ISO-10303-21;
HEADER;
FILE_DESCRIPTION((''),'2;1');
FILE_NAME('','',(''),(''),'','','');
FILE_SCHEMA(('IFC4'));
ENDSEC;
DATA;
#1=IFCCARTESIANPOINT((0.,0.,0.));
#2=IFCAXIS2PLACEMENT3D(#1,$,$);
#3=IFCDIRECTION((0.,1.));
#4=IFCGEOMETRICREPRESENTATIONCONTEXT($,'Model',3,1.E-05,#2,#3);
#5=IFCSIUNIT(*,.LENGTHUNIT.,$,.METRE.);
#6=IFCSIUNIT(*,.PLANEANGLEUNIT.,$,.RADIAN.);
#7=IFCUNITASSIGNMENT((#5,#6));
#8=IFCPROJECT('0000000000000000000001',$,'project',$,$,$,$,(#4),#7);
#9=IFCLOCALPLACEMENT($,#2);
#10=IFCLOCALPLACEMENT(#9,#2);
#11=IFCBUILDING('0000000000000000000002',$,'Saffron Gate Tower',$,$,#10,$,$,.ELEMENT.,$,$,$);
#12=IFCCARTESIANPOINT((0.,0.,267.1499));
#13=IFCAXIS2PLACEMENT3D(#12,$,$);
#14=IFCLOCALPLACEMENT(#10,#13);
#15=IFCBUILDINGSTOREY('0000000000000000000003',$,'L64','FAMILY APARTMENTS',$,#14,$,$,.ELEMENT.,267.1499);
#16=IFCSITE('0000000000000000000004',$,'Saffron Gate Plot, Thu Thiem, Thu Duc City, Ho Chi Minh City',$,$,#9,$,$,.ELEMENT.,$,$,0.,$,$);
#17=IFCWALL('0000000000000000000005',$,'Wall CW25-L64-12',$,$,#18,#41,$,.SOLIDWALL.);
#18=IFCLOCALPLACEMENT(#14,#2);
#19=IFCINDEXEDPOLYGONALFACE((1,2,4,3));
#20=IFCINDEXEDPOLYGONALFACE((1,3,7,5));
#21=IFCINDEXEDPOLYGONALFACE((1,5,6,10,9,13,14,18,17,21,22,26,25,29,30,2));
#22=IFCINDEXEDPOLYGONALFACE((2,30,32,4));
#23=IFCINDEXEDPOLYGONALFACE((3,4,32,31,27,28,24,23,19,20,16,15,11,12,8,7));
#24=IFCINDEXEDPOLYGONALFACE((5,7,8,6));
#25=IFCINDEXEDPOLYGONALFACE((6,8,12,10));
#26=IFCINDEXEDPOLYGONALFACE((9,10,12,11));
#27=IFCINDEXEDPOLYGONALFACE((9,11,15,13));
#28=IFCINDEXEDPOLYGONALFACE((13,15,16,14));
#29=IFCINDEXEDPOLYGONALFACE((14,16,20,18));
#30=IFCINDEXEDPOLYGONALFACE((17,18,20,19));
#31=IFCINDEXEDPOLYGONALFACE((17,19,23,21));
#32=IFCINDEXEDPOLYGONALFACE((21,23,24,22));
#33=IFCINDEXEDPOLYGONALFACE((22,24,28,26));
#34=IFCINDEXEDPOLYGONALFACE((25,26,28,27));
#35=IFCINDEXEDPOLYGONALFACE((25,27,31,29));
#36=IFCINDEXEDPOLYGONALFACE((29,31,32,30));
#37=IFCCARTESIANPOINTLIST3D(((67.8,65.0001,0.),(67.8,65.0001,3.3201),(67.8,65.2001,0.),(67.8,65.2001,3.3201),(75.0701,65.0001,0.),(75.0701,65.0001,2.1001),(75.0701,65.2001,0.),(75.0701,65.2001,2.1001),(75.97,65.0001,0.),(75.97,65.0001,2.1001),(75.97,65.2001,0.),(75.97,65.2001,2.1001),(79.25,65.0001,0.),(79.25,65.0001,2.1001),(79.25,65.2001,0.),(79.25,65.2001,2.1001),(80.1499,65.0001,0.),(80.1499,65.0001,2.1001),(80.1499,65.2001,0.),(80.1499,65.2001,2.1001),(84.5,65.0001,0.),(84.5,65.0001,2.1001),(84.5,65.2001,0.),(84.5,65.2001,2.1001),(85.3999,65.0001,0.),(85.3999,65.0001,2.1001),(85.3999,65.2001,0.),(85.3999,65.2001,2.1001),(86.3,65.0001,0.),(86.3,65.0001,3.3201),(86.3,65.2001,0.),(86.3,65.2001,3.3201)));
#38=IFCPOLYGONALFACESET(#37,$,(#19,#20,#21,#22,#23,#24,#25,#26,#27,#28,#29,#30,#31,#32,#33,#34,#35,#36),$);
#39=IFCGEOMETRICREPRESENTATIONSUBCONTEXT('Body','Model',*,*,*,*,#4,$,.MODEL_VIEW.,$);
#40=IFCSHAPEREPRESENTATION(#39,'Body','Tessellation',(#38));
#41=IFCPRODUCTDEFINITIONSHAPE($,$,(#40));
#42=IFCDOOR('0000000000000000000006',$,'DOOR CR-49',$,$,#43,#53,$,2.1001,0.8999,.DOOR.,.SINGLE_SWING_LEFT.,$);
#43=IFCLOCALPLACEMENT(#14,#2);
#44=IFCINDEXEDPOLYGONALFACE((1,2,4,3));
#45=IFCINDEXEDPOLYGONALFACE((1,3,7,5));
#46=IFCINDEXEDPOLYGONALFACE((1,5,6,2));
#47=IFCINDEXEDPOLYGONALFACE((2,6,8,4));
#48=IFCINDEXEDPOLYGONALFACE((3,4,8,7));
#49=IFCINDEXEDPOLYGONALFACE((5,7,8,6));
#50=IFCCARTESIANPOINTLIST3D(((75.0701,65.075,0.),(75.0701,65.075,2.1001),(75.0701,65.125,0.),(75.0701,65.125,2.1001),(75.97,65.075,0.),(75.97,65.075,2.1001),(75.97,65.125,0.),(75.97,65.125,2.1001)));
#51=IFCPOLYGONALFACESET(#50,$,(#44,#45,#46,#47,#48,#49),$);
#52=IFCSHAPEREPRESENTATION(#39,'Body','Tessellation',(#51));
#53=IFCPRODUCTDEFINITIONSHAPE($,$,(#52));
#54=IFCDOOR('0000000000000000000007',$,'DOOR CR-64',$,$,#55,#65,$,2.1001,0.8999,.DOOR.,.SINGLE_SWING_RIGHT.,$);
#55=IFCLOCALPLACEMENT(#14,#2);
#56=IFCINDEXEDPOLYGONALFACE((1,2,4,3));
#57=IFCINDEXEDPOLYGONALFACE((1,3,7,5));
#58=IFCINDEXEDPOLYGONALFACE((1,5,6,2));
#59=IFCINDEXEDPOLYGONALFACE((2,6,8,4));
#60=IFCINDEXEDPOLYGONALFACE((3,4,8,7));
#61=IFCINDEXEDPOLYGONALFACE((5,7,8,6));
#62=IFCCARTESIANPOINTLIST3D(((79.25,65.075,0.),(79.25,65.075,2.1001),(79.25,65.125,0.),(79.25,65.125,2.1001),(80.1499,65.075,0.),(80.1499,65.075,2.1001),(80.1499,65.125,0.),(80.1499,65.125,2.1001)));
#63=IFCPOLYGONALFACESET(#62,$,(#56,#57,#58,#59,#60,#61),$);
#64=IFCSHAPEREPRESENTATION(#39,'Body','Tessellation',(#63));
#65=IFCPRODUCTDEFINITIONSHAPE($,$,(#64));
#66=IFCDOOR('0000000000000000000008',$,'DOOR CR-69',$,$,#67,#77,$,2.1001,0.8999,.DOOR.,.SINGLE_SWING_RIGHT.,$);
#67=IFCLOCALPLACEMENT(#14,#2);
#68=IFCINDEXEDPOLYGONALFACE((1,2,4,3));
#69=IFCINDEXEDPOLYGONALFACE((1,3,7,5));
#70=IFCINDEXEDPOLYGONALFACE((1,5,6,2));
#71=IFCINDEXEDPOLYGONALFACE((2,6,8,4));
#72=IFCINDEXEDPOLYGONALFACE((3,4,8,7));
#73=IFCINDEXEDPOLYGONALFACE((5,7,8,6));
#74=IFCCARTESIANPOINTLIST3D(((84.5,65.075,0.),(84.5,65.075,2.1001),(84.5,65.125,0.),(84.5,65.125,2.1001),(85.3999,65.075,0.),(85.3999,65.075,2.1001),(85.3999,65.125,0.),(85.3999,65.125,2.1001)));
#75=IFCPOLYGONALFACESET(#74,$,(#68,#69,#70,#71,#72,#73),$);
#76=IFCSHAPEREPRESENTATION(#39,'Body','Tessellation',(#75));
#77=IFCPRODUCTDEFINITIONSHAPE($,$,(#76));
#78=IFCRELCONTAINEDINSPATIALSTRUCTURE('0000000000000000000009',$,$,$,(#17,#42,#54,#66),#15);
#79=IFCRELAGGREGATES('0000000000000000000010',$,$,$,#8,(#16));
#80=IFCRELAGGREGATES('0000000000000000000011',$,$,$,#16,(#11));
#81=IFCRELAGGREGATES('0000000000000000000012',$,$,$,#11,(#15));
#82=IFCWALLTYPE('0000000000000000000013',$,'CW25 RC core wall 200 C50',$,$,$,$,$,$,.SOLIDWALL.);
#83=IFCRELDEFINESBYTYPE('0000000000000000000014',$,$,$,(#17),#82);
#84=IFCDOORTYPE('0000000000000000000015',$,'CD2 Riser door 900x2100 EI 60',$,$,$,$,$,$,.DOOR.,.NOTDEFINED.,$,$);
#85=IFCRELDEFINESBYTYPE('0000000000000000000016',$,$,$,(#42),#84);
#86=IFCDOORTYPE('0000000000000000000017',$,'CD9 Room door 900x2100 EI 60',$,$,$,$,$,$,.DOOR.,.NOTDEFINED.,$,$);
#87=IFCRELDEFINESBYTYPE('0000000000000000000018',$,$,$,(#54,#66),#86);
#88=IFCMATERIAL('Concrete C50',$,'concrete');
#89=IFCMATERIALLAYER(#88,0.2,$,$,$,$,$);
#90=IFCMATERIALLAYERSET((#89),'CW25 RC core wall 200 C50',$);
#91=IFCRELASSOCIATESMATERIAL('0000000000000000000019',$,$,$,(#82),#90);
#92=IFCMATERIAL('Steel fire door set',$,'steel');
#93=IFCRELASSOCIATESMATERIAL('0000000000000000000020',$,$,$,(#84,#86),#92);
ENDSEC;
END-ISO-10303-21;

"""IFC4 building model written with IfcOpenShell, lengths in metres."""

from ifc_helpers import new_model, si_unit, direction, frame, frame_2d, origin, place, context, subcontext, project, spatial, rectangle, extrude, material, layer, layer_set, type_object, element, fill, save


model = new_model("IFC4")

# Units and contexts
model_context = context("Model", 3, precision=1e-05, world=origin(), true_north=direction((0.0, 1.0)))
body_context = subcontext(model_context, "Body", "Model", "MODEL_VIEW")
ifc_project = project(units=[si_unit("LENGTHUNIT", "METRE"), si_unit("PLANEANGLEUNIT", "RADIAN")], contexts=[model_context])

# Site, building, storey
site_placement = place(None, origin())
site = spatial("IfcSite", under=ifc_project, at=site_placement, Name="Saffron Gate Plot, Thu Thiem, Thu Duc City, Ho Chi Minh City", CompositionType="ELEMENT", RefElevation=0.0)
building_placement = place(site_placement, origin())
building = spatial("IfcBuilding", under=site, at=building_placement, Name="Saffron Gate Tower", CompositionType="ELEMENT")
storey_placement = place(building_placement, frame((0.0, 0.0, 267.1499)))
storey = spatial("IfcBuildingStorey", under=building, at=storey_placement, Name="L64", Description="FAMILY APARTMENTS", CompositionType="ELEMENT", Elevation=267.1499)

# Wall, openings, doors
ifc_material_1 = material(Name="Concrete C50", Category="concrete")
ifc_material_2 = material(Name="Steel fire door set", Category="steel")
ifc_layer_1 = layer(ifc_material_1, 0.2)
ifc_layer_set_1 = layer_set([ifc_layer_1], Name="CW25 RC core wall 200 C50")
wall_type_1 = type_object("IfcWallType", Name="CW25 RC core wall 200 C50", PredefinedType="SOLIDWALL", material=ifc_layer_set_1)
wall_1_placement = place(storey_placement, frame((67.8, 65.1001, 0.0), z_axis=(0.0, 0.0, 1.0), x_axis=(1.0, 0.0, 0.0)))
wall_1 = element("IfcWall", 1, at=wall_1_placement, inside=storey, type_object=wall_type_1, Name="Wall CW25-L64-12", PredefinedType="SOLIDWALL", context=body_context, shape_type="SweptSolid", body=[
    extrude(rectangle(XDim=18.5, YDim=0.2, at=frame_2d((9.25, 0.0))), origin(), (0.0, 0.0, 1.0), 3.3201),
])
opening_1_placement = place(wall_1_placement, frame((7.27, 0.0, 0.0)))
opening_1 = element("IfcOpeningElement", 2, at=opening_1_placement, cuts=wall_1, PredefinedType="OPENING", context=body_context, shape_type="SweptSolid", body=[
    extrude(rectangle(XDim=0.8999, YDim=2.1001, at=frame_2d((0.45, 1.05))), frame((0.0, 0.1099, 0.0), z_axis=(0.0, -1.0, 0.0), x_axis=(1.0, 0.0, 0.0)), (0.0, 0.0, 1.0), 0.22),
])
opening_2_placement = place(wall_1_placement, frame((11.45, 0.0, 0.0)))
opening_2 = element("IfcOpeningElement", 3, at=opening_2_placement, cuts=wall_1, PredefinedType="OPENING", context=body_context, shape_type="SweptSolid", body=[
    extrude(rectangle(XDim=0.8999, YDim=2.1001, at=frame_2d((0.45, 1.05))), frame((0.0, 0.1099, 0.0), z_axis=(0.0, -1.0, 0.0), x_axis=(1.0, 0.0, 0.0)), (0.0, 0.0, 1.0), 0.22),
])
opening_3_placement = place(wall_1_placement, frame((16.7, 0.0, 0.0)))
opening_3 = element("IfcOpeningElement", 4, at=opening_3_placement, cuts=wall_1, PredefinedType="OPENING", context=body_context, shape_type="SweptSolid", body=[
    extrude(rectangle(XDim=0.8999, YDim=2.1001, at=frame_2d((0.45, 1.05))), frame((0.0, 0.1099, 0.0), z_axis=(0.0, -1.0, 0.0), x_axis=(1.0, 0.0, 0.0)), (0.0, 0.0, 1.0), 0.22),
])
door_type_1 = type_object("IfcDoorType", Name="CD2 Riser door 900x2100 EI 60", OperationType="NOTDEFINED", PredefinedType="DOOR", material=ifc_material_2)
door_1_placement = place(opening_1_placement, origin())
door_1 = element("IfcDoor", 5, at=door_1_placement, inside=storey, type_object=door_type_1, Name="DOOR CR-49", OperationType="SINGLE_SWING_LEFT", OverallHeight=2.1001, OverallWidth=0.8999, PredefinedType="DOOR", context=body_context, shape_type="SweptSolid", body=[
    extrude(rectangle(XDim=0.8999, YDim=2.1001, at=frame_2d((0.45, 1.05))), frame((0.0, 0.0249, 0.0), z_axis=(0.0, -1.0, 0.0), x_axis=(1.0, 0.0, 0.0)), (0.0, 0.0, 1.0), 0.05),
])
fill(opening_1, door_1)
door_type_2 = type_object("IfcDoorType", Name="CD9 Room door 900x2100 EI 60", OperationType="NOTDEFINED", PredefinedType="DOOR", material=ifc_material_2)
door_2_placement = place(opening_2_placement, origin())
door_2 = element("IfcDoor", 6, at=door_2_placement, inside=storey, type_object=door_type_2, Name="DOOR CR-64", OperationType="SINGLE_SWING_RIGHT", OverallHeight=2.1001, OverallWidth=0.8999, PredefinedType="DOOR", context=body_context, shape_type="SweptSolid", body=[
    extrude(rectangle(XDim=0.8999, YDim=2.1001, at=frame_2d((0.45, 1.05))), frame((0.0, 0.0249, 0.0), z_axis=(0.0, -1.0, 0.0), x_axis=(1.0, 0.0, 0.0)), (0.0, 0.0, 1.0), 0.05),
])
fill(opening_2, door_2)
door_3_placement = place(opening_3_placement, origin())
door_3 = element("IfcDoor", 7, at=door_3_placement, inside=storey, type_object=door_type_2, Name="DOOR CR-69", OperationType="SINGLE_SWING_RIGHT", OverallHeight=2.1001, OverallWidth=0.8999, PredefinedType="DOOR", context=body_context, shape_type="SweptSolid", body=[
    extrude(rectangle(XDim=0.8999, YDim=2.1001, at=frame_2d((0.45, 1.05))), frame((0.0, 0.0249, 0.0), z_axis=(0.0, -1.0, 0.0), x_axis=(1.0, 0.0, 0.0)), (0.0, 0.0, 1.0), 0.05),
])
fill(opening_3, door_3)

save(model, "model.ifc")
